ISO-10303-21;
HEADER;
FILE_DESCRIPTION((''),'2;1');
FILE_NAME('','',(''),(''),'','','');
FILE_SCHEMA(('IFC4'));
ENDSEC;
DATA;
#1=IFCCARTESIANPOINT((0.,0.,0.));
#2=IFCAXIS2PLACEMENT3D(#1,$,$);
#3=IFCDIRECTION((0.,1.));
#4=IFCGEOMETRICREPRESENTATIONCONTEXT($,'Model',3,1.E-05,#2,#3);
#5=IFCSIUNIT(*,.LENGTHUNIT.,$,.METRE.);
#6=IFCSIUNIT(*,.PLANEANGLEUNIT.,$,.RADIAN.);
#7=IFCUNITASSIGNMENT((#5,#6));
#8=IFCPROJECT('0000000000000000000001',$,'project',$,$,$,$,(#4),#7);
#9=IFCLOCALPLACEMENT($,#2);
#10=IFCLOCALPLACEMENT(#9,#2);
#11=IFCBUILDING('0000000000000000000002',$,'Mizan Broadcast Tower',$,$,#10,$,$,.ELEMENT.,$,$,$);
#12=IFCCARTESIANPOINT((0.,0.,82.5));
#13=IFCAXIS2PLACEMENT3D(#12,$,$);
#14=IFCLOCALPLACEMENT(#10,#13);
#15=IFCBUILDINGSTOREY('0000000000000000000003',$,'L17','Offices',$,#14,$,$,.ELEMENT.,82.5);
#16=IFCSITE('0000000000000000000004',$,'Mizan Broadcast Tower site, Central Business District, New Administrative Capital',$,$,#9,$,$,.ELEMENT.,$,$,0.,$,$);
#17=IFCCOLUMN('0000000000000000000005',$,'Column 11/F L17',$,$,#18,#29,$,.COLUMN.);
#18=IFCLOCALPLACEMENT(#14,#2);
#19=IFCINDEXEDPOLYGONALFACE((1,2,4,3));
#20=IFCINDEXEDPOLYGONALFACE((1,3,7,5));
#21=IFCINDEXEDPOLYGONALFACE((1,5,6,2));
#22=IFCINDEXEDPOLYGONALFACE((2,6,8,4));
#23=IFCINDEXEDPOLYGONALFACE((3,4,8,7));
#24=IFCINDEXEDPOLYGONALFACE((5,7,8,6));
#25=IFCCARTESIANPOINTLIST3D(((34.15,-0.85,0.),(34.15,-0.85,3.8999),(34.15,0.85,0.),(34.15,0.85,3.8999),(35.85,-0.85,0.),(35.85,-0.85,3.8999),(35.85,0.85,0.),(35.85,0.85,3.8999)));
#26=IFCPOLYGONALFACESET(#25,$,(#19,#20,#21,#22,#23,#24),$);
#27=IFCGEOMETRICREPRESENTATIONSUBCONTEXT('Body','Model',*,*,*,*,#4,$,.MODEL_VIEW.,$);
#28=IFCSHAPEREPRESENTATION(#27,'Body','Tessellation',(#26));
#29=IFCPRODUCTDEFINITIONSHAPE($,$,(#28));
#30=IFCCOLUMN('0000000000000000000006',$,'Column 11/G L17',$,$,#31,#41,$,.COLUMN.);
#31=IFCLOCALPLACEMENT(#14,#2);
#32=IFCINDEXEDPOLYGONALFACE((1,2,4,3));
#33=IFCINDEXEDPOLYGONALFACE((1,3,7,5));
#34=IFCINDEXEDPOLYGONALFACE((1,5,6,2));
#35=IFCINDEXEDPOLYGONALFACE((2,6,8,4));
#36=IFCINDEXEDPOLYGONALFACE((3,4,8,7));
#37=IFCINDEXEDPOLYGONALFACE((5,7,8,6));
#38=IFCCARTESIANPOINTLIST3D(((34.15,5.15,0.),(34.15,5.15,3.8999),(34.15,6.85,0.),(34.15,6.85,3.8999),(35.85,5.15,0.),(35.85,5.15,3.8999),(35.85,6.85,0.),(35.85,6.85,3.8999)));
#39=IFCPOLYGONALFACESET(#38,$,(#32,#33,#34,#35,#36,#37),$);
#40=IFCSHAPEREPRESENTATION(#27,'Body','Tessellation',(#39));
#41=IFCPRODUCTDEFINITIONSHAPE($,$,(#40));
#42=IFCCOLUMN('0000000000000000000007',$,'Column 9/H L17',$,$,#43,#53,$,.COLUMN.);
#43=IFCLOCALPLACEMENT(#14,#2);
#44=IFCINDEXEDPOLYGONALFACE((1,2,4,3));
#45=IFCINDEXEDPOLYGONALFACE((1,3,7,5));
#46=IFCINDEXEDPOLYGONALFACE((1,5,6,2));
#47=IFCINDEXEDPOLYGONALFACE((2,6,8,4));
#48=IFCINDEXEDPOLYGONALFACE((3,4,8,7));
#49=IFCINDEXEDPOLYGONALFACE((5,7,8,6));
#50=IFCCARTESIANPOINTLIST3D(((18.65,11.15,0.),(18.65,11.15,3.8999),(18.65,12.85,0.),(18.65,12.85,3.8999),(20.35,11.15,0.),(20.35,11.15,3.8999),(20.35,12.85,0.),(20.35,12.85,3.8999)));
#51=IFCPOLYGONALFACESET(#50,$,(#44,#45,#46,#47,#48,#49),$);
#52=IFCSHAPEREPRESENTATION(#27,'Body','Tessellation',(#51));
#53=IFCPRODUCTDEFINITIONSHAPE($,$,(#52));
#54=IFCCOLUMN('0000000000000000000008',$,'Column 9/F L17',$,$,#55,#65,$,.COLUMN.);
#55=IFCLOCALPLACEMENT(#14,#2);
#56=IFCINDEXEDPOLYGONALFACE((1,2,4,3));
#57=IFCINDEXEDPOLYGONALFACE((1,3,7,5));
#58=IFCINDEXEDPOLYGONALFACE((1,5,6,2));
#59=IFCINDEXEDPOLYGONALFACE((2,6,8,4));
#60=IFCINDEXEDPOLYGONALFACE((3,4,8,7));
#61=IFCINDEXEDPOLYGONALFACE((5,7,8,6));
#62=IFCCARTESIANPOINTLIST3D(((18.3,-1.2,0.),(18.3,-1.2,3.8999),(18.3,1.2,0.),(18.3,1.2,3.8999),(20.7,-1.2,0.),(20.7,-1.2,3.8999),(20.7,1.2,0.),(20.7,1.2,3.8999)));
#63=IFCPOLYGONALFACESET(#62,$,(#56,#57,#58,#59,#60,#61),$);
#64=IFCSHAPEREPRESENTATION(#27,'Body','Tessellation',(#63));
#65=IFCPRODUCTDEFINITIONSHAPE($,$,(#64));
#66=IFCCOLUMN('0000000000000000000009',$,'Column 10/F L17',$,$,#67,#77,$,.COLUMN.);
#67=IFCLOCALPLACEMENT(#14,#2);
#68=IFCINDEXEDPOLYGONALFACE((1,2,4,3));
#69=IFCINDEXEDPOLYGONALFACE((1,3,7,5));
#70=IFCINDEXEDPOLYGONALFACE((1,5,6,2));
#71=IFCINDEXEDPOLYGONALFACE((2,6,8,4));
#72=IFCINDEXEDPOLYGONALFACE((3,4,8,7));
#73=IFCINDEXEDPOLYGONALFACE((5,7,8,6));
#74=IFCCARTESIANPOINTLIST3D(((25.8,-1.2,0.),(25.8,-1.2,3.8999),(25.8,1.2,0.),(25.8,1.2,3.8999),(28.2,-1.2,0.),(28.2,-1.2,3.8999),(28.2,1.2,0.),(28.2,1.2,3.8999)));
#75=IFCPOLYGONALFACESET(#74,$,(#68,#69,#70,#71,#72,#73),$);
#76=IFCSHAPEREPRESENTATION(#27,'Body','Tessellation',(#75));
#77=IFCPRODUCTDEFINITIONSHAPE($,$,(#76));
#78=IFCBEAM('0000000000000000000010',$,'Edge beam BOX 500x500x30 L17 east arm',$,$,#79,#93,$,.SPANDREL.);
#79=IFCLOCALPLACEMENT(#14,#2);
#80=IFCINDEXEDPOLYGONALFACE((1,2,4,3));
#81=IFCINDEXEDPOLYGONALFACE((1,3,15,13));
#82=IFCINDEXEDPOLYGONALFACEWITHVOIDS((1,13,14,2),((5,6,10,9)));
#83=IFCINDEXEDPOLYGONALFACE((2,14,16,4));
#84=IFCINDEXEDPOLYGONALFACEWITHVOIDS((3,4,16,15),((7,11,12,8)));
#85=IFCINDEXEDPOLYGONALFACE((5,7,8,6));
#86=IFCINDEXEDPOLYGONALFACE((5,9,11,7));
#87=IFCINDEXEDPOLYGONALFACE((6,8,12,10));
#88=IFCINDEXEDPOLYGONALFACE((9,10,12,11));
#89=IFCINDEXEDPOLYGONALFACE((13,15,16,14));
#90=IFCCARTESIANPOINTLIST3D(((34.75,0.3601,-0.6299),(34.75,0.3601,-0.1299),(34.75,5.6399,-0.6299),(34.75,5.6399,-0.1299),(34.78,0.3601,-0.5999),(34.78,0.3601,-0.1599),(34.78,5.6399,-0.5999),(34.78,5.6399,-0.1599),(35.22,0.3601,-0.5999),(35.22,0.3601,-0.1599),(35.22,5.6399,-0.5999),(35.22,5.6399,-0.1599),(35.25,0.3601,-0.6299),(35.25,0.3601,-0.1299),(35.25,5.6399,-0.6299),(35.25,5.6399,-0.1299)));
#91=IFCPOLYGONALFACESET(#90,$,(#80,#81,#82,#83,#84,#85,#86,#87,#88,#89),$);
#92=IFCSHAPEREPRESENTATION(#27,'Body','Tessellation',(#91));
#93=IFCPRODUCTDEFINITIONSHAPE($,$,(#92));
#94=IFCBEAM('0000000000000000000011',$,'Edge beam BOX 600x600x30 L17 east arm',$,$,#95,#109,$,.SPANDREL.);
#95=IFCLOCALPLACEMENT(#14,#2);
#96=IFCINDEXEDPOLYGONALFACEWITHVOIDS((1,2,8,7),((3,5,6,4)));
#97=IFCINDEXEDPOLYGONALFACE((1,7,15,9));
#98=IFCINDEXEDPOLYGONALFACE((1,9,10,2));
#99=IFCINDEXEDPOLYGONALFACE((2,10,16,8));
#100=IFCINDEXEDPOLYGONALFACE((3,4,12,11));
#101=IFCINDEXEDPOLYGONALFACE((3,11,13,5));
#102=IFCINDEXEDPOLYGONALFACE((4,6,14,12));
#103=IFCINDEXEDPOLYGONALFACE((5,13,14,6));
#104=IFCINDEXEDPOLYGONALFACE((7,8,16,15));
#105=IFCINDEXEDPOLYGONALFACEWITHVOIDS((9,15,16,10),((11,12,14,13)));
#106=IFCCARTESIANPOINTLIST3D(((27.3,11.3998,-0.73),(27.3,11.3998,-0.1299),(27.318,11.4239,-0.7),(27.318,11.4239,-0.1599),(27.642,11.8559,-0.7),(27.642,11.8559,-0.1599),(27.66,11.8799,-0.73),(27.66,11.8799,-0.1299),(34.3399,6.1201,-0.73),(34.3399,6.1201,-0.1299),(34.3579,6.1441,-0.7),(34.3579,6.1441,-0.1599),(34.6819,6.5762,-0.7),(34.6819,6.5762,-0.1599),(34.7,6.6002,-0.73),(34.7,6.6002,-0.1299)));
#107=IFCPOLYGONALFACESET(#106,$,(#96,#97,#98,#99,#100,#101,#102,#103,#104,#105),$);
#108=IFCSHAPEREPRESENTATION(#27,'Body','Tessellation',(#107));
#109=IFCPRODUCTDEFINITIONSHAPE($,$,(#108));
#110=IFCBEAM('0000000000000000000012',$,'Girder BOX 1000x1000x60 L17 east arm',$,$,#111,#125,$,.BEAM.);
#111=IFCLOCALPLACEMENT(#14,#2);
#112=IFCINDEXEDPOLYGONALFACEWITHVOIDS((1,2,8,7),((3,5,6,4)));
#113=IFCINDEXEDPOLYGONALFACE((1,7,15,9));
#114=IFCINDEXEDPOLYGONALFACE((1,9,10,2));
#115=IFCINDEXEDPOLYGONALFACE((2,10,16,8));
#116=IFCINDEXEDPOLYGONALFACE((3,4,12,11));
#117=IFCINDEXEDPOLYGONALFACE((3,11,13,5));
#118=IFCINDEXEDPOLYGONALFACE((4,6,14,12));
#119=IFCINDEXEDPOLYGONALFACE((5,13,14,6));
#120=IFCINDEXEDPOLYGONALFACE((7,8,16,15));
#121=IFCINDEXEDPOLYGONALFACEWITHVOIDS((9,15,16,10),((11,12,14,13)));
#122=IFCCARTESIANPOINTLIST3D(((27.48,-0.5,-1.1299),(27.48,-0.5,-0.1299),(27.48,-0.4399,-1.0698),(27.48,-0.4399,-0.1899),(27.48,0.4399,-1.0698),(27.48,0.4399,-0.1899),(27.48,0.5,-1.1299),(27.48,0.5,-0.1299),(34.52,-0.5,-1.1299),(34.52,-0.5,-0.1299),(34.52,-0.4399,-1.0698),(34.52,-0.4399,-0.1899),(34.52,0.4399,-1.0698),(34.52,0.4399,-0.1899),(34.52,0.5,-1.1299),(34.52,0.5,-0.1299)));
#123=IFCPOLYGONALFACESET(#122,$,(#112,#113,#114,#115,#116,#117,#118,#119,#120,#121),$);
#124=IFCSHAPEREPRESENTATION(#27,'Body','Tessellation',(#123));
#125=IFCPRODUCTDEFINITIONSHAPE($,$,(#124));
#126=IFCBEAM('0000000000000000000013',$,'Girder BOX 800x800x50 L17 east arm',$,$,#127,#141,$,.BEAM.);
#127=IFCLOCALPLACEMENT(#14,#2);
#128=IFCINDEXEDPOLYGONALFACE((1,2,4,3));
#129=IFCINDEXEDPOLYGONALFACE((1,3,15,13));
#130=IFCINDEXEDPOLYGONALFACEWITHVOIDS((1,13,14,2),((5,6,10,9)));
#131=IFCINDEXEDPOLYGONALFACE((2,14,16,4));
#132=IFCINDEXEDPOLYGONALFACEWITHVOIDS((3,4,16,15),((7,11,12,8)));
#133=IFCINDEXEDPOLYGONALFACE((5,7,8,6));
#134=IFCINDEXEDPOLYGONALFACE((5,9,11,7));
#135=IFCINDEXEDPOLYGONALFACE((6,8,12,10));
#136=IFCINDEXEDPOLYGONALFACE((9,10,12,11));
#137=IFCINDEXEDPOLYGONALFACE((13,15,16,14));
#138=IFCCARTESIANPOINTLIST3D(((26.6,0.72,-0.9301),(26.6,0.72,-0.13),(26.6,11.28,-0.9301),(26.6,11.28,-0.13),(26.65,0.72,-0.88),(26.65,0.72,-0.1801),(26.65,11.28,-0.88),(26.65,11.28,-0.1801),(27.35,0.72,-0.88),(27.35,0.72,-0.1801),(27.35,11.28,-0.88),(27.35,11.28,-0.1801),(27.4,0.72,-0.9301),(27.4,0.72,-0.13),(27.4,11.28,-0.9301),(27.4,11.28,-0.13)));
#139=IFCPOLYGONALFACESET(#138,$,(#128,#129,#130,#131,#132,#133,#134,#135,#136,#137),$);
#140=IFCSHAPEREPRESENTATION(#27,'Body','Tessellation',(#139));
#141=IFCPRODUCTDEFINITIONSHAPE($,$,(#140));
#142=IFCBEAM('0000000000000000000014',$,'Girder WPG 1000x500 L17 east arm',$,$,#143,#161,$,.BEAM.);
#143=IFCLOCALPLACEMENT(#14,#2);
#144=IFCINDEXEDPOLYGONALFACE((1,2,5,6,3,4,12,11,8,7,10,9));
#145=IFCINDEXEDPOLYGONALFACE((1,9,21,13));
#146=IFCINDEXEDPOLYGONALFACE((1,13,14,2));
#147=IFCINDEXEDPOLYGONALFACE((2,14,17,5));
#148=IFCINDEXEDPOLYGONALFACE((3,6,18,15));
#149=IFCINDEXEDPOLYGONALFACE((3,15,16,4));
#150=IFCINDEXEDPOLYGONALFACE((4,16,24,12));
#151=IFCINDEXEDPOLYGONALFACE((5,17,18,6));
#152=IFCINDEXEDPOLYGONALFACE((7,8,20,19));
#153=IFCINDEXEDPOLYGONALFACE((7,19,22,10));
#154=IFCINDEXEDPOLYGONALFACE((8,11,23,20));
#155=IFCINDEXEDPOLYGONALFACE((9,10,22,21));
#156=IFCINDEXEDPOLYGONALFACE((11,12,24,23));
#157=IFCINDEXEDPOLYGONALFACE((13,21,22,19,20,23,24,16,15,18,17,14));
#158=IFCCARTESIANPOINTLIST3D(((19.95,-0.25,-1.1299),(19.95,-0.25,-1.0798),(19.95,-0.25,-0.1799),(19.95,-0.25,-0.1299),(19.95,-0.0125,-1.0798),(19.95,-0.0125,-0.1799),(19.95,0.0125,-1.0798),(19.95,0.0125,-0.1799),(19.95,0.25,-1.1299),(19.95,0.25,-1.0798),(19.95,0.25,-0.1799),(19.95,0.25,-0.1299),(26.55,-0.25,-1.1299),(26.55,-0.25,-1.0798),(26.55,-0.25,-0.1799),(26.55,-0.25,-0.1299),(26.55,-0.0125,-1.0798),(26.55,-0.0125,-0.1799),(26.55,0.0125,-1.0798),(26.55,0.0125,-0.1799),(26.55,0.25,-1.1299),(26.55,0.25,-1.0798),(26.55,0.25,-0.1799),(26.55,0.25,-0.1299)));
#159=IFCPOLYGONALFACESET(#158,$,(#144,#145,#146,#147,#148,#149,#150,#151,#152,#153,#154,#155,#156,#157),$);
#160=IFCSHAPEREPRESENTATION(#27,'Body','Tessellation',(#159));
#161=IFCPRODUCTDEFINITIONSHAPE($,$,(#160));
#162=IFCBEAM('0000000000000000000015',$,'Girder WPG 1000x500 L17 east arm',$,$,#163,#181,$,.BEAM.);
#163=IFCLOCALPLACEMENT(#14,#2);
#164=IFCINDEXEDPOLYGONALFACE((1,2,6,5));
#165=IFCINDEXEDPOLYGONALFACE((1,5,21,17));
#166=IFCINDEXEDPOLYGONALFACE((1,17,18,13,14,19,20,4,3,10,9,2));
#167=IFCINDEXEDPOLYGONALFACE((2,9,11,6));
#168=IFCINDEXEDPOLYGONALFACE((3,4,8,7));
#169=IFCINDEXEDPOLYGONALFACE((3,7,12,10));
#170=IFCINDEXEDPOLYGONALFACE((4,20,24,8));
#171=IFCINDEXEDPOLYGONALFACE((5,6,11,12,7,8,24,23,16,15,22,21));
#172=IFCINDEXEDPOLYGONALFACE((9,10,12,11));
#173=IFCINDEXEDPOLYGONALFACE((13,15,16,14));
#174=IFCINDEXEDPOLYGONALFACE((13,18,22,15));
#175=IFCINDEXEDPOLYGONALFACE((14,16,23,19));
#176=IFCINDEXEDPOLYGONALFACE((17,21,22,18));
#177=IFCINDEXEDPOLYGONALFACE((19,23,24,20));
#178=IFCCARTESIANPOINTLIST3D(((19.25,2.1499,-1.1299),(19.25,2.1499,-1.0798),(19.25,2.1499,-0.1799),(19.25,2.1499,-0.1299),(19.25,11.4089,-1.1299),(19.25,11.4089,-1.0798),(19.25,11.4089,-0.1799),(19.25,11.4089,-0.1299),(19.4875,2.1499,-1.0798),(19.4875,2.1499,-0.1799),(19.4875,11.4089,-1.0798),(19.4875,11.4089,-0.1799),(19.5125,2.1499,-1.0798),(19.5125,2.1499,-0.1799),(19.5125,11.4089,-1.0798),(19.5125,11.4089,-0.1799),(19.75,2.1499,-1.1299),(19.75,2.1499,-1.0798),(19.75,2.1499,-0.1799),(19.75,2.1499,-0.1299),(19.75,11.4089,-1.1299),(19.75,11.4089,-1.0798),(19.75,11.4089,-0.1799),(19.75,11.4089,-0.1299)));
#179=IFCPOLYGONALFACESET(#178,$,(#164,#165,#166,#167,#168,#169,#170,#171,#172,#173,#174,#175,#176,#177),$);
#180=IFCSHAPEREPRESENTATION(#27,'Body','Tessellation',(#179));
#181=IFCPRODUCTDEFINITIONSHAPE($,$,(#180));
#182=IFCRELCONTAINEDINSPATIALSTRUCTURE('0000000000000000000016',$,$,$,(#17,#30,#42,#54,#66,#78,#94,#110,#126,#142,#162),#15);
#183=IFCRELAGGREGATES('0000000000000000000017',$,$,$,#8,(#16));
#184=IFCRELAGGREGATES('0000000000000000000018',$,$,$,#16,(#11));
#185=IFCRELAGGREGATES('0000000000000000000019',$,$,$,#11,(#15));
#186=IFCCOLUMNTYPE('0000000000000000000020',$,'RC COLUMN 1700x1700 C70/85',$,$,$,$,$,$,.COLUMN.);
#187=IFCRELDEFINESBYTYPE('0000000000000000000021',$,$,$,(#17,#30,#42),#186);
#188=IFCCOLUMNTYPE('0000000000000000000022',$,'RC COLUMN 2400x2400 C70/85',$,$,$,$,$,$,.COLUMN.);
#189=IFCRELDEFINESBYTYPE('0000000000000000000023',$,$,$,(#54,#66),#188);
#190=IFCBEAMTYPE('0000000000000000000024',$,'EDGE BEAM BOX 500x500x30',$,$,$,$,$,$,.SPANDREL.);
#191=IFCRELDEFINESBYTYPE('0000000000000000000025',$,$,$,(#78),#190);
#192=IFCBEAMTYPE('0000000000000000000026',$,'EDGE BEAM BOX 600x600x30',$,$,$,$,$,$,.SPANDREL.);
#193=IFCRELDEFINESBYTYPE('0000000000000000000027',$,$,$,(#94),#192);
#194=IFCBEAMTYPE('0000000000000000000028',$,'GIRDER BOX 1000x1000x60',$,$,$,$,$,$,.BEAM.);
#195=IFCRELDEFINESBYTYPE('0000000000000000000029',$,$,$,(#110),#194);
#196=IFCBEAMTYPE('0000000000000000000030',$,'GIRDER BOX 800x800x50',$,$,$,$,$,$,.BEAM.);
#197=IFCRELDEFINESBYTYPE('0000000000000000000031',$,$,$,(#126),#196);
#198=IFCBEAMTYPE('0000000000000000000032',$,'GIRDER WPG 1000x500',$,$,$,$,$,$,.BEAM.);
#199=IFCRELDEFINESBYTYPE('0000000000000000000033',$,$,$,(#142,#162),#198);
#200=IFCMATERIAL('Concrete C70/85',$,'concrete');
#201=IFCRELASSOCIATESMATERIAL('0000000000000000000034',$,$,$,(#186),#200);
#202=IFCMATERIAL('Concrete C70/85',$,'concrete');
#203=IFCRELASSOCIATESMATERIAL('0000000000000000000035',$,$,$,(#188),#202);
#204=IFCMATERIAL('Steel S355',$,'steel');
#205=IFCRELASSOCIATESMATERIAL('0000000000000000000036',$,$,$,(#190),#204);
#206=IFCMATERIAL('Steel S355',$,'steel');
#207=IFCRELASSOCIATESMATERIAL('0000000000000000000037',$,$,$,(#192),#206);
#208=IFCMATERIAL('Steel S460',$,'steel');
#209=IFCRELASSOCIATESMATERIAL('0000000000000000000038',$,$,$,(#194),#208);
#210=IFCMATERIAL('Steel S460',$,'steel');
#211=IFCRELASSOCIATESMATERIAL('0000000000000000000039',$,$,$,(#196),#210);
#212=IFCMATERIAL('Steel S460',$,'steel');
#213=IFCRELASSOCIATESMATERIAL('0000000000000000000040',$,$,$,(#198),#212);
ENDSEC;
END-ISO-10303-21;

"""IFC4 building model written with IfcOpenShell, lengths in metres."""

from ifc_helpers import new_model, si_unit, direction, frame, origin, origin_2d, place, context, subcontext, project, spatial, rectangle, hollow_rectangle, i_section, extrude, material, material_profile, profile_set, type_object, element, save


model = new_model("IFC4")

# Units and contexts
model_context = context("Model", 3, precision=1e-05, world=origin(), true_north=direction((0.0, 1.0)))
body_context = subcontext(model_context, "Body", "Model", "MODEL_VIEW")
ifc_project = project(units=[si_unit("LENGTHUNIT", "METRE"), si_unit("PLANEANGLEUNIT", "RADIAN")], contexts=[model_context])

# Site, building, storey
site_placement = place(None, origin())
site = spatial("IfcSite", under=ifc_project, at=site_placement, Name="Mizan Broadcast Tower site, Central Business District, New Administrative Capital", CompositionType="ELEMENT", RefElevation=0.0)
building_placement = place(site_placement, origin())
building = spatial("IfcBuilding", under=site, at=building_placement, Name="Mizan Broadcast Tower", CompositionType="ELEMENT")
storey_placement = place(building_placement, frame((0.0, 0.0, 82.5)))
storey = spatial("IfcBuildingStorey", under=building, at=storey_placement, Name="L17", Description="Offices", CompositionType="ELEMENT", Elevation=82.5)

# Columns
ifc_material_1 = material(Name="Concrete C70/85", Category="concrete")
ifc_material_profile_1 = material_profile(ifc_material_1, rectangle(XDim=1.7, YDim=1.7, at=origin_2d()), Name="RC 1700x1700")
ifc_profile_set_1 = profile_set([ifc_material_profile_1], Name="Concrete C70/85")
column_type_1 = type_object("IfcColumnType", Name="RC COLUMN 1700x1700 C70/85", PredefinedType="COLUMN", material=ifc_profile_set_1)
for number, where, z_axis, x_axis, name in (
    (1, (35.0, 0.0, 0.0), (0.0, 0.0, 1.0), (1.0, 0.0, 0.0), "Column 11/F L17"),
    (2, (35.0, 6.0, 0.0), (0.0, 0.0, 1.0), (1.0, 0.0, 0.0), "Column 11/G L17"),
    (3, (19.5, 12.0, 0.0), (0.0, 0.0, 1.0), (1.0, 0.0, 0.0), "Column 9/H L17"),
):
    element("IfcColumn", number, at=place(storey_placement, frame(where, z_axis=z_axis, x_axis=x_axis)), inside=storey, type_object=column_type_1, Name=name, PredefinedType="COLUMN", context=body_context, shape_type="SweptSolid", body=[
        extrude(rectangle(XDim=1.7, YDim=1.7, at=origin_2d()), origin(), (0.0, 0.0, 1.0), 3.8999),
    ])
ifc_material_2 = material(Name="Concrete C70/85", Category="concrete")
ifc_material_profile_2 = material_profile(ifc_material_2, rectangle(XDim=2.3999, YDim=2.3999, at=origin_2d()), Name="RC 2400x2400")
ifc_profile_set_2 = profile_set([ifc_material_profile_2], Name="Concrete C70/85")
column_type_2 = type_object("IfcColumnType", Name="RC COLUMN 2400x2400 C70/85", PredefinedType="COLUMN", material=ifc_profile_set_2)
for number, where, z_axis, x_axis, name in (
    (4, (19.5, 0.0, 0.0), (0.0, 0.0, 1.0), (1.0, 0.0, 0.0), "Column 9/F L17"),
    (5, (27.0, 0.0, 0.0), (0.0, 0.0, 1.0), (1.0, 0.0, 0.0), "Column 10/F L17"),
):
    element("IfcColumn", number, at=place(storey_placement, frame(where, z_axis=z_axis, x_axis=x_axis)), inside=storey, type_object=column_type_2, Name=name, PredefinedType="COLUMN", context=body_context, shape_type="SweptSolid", body=[
        extrude(rectangle(XDim=2.3999, YDim=2.3999, at=origin_2d()), origin(), (0.0, 0.0, 1.0), 3.8999),
    ])

# Beams
ifc_material_3 = material(Name="Steel S355", Category="steel")
ifc_material_profile_3 = material_profile(ifc_material_3, hollow_rectangle(XDim=0.5, YDim=0.5, WallThickness=0.03, at=origin_2d()), Name="BOX 500x500x30")
ifc_profile_set_3 = profile_set([ifc_material_profile_3], Name="Steel S355")
beam_type_1 = type_object("IfcBeamType", Name="EDGE BEAM BOX 500x500x30", PredefinedType="SPANDREL", material=ifc_profile_set_3)
beam_1_placement = place(storey_placement, frame((35.0, 5.6399, -0.3799), z_axis=(0.0, -1.0, 0.0), x_axis=(1.0, 0.0, 0.0)))
element("IfcBeam", 6, at=beam_1_placement, inside=storey, type_object=beam_type_1, Name="Edge beam BOX 500x500x30 L17 east arm", PredefinedType="SPANDREL", context=body_context, shape_type="SweptSolid", body=[
    extrude(hollow_rectangle(XDim=0.5, YDim=0.5, WallThickness=0.03, at=origin_2d()), origin(), (0.0, 0.0, 1.0), 5.2798),
])
ifc_material_4 = material(Name="Steel S355", Category="steel")
ifc_material_profile_4 = material_profile(ifc_material_4, hollow_rectangle(XDim=0.6001, YDim=0.6001, WallThickness=0.03, at=origin_2d()), Name="BOX 600x600x30")
ifc_profile_set_4 = profile_set([ifc_material_profile_4], Name="Steel S355")
beam_type_2 = type_object("IfcBeamType", Name="EDGE BEAM BOX 600x600x30", PredefinedType="SPANDREL", material=ifc_profile_set_4)
beam_2_placement = place(storey_placement, frame((27.48, 11.6399, -0.4299), z_axis=(0.800013, -0.599982, 0.0), x_axis=(0.599982, 0.800013, 0.0)))
element("IfcBeam", 7, at=beam_2_placement, inside=storey, type_object=beam_type_2, Name="Edge beam BOX 600x600x30 L17 east arm", PredefinedType="SPANDREL", context=body_context, shape_type="SweptSolid", body=[
    extrude(hollow_rectangle(XDim=0.6001, YDim=0.6001, WallThickness=0.03, at=origin_2d()), origin(), (0.0, 0.0, 1.0), 8.7998),
])
ifc_material_5 = material(Name="Steel S460", Category="steel")
ifc_material_profile_5 = material_profile(ifc_material_5, hollow_rectangle(XDim=1.0, YDim=1.0, WallThickness=0.0601, at=origin_2d()), Name="BOX 1000x1000x60")
ifc_profile_set_5 = profile_set([ifc_material_profile_5], Name="Steel S460")
beam_type_3 = type_object("IfcBeamType", Name="GIRDER BOX 1000x1000x60", PredefinedType="BEAM", material=ifc_profile_set_5)
beam_3_placement = place(storey_placement, frame((27.48, 0.0, -0.6299), z_axis=(1.0, 0.0, 0.0), x_axis=(0.0, 1.0, 0.0)))
element("IfcBeam", 8, at=beam_3_placement, inside=storey, type_object=beam_type_3, Name="Girder BOX 1000x1000x60 L17 east arm", PredefinedType="BEAM", context=body_context, shape_type="SweptSolid", body=[
    extrude(hollow_rectangle(XDim=1.0, YDim=1.0, WallThickness=0.0601, at=origin_2d()), origin(), (0.0, 0.0, 1.0), 7.04),
])
ifc_material_6 = material(Name="Steel S460", Category="steel")
ifc_material_profile_6 = material_profile(ifc_material_6, hollow_rectangle(XDim=0.8, YDim=0.8, WallThickness=0.05, at=origin_2d()), Name="BOX 800x800x50")
ifc_profile_set_6 = profile_set([ifc_material_profile_6], Name="Steel S460")
beam_type_4 = type_object("IfcBeamType", Name="GIRDER BOX 800x800x50", PredefinedType="BEAM", material=ifc_profile_set_6)
beam_4_placement = place(storey_placement, frame((27.0, 11.28, -0.53), z_axis=(0.0, -1.0, 0.0), x_axis=(1.0, 0.0, 0.0)))
element("IfcBeam", 9, at=beam_4_placement, inside=storey, type_object=beam_type_4, Name="Girder BOX 800x800x50 L17 east arm", PredefinedType="BEAM", context=body_context, shape_type="SweptSolid", body=[
    extrude(hollow_rectangle(XDim=0.8, YDim=0.8, WallThickness=0.05, at=origin_2d()), origin(), (0.0, 0.0, 1.0), 10.5601),
])
ifc_material_7 = material(Name="Steel S460", Category="steel")
ifc_material_profile_7 = material_profile(ifc_material_7, i_section(OverallWidth=0.5, OverallDepth=1.0, WebThickness=0.0249, FlangeThickness=0.05, at=origin_2d()), Name="WPG 1000x500")
ifc_profile_set_7 = profile_set([ifc_material_profile_7], Name="Steel S460")
beam_type_5 = type_object("IfcBeamType", Name="GIRDER WPG 1000x500", PredefinedType="BEAM", material=ifc_profile_set_7)
beam_5_placement = place(storey_placement, frame((19.95, 0.0, -0.6299), z_axis=(1.0, 0.0, 0.0), x_axis=(0.0, 1.0, 0.0)))
element("IfcBeam", 10, at=beam_5_placement, inside=storey, type_object=beam_type_5, Name="Girder WPG 1000x500 L17 east arm", PredefinedType="BEAM", context=body_context, shape_type="SweptSolid", body=[
    extrude(i_section(OverallWidth=0.5, OverallDepth=1.0, WebThickness=0.0249, FlangeThickness=0.05, at=origin_2d()), origin(), (0.0, 0.0, 1.0), 6.6001),
])
beam_6_placement = place(storey_placement, frame((19.5, 11.4089, -0.6299), z_axis=(0.0, -1.0, 0.0), x_axis=(1.0, 0.0, 0.0)))
element("IfcBeam", 11, at=beam_6_placement, inside=storey, type_object=beam_type_5, Name="Girder WPG 1000x500 L17 east arm", PredefinedType="BEAM", context=body_context, shape_type="SweptSolid", body=[
    extrude(i_section(OverallWidth=0.5, OverallDepth=1.0, WebThickness=0.0249, FlangeThickness=0.05, at=origin_2d()), origin(), (0.0, 0.0, 1.0), 9.259),
])

save(model, "model.ifc")
